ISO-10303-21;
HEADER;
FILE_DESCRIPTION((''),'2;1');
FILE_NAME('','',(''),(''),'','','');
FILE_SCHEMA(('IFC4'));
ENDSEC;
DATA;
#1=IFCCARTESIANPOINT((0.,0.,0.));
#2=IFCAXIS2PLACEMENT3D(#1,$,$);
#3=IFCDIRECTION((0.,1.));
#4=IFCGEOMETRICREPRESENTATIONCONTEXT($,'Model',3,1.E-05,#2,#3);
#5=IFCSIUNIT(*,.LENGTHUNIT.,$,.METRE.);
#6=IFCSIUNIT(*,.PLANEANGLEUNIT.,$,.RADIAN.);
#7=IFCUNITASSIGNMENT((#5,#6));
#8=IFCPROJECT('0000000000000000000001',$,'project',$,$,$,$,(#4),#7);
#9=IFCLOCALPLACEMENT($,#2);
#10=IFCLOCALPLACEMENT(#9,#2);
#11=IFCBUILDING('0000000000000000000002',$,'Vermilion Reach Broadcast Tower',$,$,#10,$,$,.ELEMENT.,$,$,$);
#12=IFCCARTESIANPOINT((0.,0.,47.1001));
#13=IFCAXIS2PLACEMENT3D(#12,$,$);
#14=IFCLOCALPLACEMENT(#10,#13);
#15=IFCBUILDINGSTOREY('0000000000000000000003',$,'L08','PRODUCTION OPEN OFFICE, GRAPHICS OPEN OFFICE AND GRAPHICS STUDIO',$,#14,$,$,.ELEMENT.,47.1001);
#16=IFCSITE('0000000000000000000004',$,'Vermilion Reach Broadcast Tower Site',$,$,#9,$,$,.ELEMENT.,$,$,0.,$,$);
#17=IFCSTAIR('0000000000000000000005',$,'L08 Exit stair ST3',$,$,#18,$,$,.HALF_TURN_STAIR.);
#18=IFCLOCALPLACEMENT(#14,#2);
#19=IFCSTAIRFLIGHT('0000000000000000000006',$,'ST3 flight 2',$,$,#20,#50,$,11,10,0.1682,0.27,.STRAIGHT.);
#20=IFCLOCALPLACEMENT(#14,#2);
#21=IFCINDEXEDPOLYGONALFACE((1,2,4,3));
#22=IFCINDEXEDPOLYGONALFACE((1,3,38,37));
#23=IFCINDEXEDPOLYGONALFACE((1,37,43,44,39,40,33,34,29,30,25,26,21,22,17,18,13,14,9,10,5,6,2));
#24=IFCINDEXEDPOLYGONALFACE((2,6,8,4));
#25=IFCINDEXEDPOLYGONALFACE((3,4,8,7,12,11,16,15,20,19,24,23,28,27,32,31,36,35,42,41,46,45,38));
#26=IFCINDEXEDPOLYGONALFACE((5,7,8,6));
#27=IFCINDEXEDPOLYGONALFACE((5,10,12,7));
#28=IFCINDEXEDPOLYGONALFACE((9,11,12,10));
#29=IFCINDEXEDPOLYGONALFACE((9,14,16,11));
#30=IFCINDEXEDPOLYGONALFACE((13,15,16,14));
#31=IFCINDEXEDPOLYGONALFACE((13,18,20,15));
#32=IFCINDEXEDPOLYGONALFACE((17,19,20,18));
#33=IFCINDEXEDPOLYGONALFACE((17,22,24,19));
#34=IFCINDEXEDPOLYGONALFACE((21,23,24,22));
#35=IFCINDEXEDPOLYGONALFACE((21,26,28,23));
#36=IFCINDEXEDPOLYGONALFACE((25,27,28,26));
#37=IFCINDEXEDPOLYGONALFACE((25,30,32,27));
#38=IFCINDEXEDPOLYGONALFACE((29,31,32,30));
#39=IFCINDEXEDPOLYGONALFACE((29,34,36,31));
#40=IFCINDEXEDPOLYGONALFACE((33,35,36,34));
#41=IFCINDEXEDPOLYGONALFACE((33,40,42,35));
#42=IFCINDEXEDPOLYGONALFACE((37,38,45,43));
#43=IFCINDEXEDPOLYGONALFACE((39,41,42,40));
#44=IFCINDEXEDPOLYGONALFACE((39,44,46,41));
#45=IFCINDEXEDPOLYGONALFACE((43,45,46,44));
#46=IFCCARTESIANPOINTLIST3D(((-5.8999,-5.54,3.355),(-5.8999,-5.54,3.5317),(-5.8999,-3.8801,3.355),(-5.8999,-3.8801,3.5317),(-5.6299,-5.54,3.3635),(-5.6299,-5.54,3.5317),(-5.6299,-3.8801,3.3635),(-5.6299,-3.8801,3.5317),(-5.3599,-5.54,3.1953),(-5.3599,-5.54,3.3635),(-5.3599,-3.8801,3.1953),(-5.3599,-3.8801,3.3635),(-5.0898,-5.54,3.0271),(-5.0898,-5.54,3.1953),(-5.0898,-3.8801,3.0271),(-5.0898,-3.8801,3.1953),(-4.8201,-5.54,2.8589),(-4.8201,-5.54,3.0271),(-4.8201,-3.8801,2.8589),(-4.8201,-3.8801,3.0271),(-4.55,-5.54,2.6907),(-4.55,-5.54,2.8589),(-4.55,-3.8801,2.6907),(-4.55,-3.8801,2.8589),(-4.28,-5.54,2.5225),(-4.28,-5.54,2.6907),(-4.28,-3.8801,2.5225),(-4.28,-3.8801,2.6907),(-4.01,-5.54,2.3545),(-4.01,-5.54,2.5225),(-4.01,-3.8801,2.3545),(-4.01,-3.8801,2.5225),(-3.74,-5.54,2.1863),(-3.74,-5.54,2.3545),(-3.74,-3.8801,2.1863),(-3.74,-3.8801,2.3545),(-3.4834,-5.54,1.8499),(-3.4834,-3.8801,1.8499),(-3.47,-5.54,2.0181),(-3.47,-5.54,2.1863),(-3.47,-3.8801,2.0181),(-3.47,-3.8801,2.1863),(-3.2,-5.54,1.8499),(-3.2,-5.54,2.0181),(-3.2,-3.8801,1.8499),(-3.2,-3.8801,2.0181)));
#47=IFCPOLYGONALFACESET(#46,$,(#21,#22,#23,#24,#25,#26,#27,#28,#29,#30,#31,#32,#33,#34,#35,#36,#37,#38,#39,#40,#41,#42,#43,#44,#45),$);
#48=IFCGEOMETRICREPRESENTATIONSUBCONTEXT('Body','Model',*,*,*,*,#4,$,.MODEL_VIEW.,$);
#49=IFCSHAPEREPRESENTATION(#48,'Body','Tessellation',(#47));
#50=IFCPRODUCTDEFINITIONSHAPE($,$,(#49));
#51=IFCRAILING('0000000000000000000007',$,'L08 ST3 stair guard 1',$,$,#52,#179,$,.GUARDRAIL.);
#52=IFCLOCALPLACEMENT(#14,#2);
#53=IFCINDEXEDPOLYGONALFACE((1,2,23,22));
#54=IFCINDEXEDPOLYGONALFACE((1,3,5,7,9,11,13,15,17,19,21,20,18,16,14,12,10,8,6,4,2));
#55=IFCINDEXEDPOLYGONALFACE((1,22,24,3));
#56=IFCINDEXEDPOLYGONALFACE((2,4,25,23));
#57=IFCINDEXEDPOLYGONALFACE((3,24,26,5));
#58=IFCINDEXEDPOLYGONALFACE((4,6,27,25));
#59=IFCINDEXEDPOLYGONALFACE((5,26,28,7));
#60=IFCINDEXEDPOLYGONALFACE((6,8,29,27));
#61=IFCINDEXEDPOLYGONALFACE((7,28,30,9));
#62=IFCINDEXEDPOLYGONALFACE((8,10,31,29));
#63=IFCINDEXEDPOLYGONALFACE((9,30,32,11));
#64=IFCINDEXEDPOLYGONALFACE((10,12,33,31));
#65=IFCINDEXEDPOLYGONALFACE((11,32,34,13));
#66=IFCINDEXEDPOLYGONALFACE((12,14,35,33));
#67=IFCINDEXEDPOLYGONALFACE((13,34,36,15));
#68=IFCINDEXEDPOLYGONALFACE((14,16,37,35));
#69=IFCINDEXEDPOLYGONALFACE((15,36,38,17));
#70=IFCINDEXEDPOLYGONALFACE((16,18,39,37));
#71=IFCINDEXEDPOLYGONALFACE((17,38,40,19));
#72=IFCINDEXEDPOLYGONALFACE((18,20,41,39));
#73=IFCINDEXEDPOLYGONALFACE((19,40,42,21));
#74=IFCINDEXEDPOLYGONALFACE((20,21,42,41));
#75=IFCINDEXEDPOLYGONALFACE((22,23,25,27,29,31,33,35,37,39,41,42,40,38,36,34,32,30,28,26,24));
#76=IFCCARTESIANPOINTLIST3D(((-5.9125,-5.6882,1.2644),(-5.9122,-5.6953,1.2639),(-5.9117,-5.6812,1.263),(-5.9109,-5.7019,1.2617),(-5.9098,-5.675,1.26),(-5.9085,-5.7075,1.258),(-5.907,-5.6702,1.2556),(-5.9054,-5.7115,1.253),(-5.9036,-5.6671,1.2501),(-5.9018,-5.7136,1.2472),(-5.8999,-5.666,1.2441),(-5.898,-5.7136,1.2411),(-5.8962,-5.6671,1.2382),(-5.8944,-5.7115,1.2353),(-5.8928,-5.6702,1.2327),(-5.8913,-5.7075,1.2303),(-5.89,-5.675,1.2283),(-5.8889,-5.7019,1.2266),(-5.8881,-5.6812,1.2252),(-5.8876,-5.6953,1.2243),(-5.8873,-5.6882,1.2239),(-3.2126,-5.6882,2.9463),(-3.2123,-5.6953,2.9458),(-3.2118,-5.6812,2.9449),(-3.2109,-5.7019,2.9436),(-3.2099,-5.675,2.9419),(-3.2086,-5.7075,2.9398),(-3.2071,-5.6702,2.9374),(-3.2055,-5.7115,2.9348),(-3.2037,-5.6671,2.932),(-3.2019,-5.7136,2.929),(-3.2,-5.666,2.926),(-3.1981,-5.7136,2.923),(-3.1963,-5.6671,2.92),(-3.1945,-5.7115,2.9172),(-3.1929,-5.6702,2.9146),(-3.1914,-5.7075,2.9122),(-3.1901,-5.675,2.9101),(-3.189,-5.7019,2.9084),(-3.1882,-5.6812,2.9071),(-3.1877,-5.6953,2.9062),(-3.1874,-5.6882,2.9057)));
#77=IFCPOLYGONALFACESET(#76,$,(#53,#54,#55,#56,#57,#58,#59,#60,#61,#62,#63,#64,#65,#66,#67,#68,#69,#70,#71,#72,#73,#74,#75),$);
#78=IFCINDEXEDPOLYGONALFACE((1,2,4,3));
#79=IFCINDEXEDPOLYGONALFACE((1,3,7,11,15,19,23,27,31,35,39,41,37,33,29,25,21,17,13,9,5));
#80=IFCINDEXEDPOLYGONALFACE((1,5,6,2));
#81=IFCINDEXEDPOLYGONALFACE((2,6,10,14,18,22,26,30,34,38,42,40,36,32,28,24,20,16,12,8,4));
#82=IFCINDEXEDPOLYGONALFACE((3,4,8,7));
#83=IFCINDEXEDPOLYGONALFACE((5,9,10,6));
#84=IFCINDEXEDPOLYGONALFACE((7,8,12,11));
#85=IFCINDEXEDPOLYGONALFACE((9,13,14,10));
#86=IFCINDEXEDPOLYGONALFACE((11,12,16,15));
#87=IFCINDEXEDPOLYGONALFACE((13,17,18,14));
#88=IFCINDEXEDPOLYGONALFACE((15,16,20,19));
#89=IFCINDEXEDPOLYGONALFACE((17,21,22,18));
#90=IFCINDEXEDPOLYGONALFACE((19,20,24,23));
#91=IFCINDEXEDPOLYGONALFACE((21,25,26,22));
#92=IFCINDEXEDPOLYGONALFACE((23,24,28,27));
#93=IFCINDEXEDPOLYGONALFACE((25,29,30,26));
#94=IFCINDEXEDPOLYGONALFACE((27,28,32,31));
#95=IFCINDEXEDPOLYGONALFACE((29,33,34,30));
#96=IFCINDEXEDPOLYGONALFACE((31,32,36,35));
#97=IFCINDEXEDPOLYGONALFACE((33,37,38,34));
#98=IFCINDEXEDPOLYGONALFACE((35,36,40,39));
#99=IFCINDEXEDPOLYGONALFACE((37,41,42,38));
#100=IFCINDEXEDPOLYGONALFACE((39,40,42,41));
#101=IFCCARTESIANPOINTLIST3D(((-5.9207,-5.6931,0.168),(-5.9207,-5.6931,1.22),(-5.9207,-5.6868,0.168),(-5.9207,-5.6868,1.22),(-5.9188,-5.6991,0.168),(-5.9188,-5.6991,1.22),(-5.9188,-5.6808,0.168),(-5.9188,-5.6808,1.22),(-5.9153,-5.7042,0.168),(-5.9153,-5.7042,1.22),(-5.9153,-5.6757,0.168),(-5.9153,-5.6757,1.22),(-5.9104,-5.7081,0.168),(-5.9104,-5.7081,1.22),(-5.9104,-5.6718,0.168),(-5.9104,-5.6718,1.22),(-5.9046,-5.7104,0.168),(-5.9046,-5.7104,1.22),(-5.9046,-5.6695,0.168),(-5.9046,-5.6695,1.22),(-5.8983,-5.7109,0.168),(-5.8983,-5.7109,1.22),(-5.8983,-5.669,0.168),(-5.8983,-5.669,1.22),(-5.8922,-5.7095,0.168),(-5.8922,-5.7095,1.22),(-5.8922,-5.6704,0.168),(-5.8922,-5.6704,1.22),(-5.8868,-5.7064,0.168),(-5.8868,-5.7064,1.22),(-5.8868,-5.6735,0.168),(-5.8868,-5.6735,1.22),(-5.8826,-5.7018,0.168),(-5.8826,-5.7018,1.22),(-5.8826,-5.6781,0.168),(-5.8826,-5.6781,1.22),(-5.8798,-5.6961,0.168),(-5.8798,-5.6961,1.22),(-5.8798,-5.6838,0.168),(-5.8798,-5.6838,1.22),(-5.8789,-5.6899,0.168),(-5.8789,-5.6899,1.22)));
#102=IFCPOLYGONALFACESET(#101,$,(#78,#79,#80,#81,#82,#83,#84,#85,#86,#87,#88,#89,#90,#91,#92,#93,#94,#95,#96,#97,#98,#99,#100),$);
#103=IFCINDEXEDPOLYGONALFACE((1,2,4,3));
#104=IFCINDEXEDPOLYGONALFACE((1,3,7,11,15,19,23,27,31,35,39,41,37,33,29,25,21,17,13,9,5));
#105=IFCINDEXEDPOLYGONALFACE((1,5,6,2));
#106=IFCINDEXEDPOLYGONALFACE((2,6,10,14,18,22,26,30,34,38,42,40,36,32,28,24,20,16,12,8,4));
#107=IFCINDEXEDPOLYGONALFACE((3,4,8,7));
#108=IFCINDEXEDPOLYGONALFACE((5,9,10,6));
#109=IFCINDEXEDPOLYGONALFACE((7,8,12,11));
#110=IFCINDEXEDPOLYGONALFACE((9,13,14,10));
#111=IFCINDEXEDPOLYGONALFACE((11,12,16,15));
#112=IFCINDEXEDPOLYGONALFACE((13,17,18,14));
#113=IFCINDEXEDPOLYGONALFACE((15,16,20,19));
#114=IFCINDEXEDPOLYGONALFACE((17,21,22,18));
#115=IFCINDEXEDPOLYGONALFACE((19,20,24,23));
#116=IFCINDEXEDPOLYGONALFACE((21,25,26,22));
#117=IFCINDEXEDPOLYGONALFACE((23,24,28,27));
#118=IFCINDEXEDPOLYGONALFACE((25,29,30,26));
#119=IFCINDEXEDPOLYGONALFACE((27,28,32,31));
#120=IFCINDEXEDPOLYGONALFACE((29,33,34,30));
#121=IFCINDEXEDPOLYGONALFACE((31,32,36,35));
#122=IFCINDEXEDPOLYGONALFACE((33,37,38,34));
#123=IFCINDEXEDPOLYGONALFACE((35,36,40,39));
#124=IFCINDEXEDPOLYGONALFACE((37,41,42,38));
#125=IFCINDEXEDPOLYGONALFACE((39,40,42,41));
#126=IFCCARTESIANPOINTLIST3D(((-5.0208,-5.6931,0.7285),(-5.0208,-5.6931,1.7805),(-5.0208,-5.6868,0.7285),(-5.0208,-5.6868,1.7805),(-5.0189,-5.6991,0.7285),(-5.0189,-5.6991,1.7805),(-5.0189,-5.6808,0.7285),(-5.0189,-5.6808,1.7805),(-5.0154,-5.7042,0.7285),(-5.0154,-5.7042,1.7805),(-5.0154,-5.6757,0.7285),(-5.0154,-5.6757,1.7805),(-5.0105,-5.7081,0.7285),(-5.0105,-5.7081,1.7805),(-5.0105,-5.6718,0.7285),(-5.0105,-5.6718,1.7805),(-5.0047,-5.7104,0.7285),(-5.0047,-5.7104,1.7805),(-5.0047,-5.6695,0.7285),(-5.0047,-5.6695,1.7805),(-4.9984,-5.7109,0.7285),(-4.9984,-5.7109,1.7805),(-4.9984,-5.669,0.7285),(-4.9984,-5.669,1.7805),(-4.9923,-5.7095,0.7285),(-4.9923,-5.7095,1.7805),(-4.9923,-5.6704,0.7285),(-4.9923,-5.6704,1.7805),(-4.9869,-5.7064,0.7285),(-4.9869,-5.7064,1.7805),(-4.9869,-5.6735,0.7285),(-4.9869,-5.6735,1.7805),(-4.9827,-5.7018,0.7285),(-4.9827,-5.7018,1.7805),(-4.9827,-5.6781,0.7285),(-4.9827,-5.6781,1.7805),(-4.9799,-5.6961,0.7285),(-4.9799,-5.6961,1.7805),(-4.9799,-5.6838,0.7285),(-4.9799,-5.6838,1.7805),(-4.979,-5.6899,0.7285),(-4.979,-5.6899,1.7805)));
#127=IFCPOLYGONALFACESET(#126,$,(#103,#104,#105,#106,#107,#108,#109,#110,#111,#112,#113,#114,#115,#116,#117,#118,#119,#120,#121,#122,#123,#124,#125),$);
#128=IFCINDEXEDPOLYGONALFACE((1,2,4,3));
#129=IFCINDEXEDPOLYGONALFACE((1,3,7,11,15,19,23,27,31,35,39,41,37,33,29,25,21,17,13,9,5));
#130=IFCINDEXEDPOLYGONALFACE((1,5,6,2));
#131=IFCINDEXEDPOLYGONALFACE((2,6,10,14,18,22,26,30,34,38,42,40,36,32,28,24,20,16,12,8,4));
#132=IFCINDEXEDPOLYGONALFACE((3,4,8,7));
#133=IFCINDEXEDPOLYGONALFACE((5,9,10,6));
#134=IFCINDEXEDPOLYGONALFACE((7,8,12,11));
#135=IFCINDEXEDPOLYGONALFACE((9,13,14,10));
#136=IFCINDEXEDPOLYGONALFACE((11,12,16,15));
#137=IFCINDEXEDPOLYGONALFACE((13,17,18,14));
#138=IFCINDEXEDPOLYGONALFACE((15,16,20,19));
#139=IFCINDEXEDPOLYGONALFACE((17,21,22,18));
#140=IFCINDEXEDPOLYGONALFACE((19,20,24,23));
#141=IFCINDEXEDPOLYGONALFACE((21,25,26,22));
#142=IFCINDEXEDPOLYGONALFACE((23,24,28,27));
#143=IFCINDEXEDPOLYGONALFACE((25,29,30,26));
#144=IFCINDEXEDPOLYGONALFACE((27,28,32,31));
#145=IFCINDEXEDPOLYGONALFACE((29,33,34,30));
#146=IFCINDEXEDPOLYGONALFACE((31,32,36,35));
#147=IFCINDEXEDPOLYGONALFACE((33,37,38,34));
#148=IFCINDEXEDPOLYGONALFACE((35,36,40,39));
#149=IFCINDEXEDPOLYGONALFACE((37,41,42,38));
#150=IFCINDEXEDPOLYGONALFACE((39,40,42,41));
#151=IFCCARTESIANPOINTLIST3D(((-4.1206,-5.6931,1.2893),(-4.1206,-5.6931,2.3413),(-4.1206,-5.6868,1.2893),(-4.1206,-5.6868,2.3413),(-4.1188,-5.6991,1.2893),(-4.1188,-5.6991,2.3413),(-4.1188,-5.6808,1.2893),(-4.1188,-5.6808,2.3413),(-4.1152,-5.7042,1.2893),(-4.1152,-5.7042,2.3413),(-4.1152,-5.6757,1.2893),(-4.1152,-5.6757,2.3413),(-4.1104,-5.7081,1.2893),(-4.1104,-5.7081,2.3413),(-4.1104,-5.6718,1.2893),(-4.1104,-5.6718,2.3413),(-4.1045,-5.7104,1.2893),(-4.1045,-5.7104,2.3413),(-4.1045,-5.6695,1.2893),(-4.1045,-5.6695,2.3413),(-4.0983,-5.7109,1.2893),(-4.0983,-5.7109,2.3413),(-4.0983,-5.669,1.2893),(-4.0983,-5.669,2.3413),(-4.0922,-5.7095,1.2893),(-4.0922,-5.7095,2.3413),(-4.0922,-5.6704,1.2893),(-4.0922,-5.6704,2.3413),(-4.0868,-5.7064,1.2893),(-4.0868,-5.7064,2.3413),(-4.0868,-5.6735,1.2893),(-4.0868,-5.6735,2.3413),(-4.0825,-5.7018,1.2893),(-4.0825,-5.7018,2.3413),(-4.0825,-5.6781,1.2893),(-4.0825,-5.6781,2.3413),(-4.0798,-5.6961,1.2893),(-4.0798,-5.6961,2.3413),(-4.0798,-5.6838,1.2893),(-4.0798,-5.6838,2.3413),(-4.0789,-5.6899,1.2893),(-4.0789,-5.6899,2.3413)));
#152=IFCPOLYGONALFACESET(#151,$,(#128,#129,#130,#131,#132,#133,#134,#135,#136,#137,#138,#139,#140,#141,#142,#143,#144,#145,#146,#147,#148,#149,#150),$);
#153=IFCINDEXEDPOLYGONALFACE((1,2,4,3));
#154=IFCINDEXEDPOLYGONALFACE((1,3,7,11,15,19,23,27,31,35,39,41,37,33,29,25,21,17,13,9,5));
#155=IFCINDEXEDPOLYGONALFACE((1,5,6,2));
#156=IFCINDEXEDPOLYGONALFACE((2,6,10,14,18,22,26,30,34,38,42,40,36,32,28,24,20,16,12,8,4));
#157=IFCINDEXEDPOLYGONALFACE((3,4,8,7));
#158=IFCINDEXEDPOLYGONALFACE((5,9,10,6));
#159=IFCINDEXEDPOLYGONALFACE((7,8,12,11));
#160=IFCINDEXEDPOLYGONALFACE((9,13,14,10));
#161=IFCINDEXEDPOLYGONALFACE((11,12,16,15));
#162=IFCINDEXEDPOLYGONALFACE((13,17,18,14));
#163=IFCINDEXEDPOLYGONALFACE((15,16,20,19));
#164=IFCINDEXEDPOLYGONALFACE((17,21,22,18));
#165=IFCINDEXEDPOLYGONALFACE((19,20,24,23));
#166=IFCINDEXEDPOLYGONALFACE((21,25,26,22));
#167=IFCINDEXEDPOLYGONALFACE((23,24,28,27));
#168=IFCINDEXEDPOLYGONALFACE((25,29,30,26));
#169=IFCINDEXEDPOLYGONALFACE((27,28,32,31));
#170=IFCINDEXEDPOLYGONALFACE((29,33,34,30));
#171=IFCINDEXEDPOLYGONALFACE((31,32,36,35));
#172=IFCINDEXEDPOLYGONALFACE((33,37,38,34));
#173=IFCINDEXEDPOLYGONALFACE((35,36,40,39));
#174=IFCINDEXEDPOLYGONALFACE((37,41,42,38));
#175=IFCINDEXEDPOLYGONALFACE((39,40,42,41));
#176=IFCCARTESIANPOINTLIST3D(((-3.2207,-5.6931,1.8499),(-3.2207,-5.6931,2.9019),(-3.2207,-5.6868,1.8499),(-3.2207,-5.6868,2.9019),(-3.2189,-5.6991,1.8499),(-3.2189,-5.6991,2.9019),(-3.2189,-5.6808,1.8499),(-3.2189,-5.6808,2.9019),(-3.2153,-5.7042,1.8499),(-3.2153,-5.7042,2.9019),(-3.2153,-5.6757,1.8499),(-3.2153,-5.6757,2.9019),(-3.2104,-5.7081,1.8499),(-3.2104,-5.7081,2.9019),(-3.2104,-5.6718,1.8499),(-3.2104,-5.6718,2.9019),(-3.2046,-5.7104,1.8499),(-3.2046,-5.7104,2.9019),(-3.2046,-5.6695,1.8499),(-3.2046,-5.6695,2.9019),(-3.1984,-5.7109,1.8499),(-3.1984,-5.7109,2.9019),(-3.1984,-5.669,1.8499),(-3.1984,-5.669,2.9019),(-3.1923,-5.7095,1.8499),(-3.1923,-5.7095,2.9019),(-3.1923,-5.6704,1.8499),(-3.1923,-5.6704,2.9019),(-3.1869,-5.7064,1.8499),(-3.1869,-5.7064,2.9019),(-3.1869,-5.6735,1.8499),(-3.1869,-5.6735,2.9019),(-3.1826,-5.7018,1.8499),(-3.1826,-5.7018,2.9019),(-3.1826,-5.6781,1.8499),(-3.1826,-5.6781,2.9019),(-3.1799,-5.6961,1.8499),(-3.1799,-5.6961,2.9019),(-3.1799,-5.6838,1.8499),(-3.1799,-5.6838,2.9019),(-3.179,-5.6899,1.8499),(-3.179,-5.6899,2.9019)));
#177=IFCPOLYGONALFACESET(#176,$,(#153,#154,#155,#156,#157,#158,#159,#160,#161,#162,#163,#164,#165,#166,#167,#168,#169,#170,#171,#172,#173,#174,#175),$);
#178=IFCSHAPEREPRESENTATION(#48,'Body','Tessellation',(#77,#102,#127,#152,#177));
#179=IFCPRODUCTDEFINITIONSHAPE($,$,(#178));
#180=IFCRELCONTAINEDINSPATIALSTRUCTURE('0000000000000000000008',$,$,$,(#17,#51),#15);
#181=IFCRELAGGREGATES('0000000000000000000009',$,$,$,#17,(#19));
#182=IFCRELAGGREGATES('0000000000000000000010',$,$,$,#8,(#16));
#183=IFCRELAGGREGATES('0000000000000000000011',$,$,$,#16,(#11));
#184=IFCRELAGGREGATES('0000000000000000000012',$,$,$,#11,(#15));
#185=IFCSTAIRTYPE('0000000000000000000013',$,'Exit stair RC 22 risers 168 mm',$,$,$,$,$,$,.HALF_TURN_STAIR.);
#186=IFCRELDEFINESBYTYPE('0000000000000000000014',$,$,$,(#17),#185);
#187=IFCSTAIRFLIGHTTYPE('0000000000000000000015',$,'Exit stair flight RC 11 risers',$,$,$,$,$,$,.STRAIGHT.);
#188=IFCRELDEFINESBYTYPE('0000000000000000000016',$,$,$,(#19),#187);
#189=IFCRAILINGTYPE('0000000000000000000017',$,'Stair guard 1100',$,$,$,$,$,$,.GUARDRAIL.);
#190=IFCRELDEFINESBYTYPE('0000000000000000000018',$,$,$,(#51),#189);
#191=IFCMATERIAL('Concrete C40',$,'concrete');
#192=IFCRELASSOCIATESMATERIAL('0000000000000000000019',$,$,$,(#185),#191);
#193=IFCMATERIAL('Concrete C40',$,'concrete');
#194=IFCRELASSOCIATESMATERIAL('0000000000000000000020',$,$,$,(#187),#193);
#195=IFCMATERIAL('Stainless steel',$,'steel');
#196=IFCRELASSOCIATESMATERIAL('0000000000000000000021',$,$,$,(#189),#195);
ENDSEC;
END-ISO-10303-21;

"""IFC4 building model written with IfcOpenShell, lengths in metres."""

from ifc_helpers import new_model, si_unit, direction, frame, origin, origin_2d, place, context, subcontext, project, spatial, polyline, circle, outline, extrude, material, type_object, element, aggregate, save


model = new_model("IFC4")

# Units and contexts
model_context = context("Model", 3, precision=1e-05, world=origin(), true_north=direction((0.0, 1.0)))
body_context = subcontext(model_context, "Body", "Model", "MODEL_VIEW")
ifc_project = project(units=[si_unit("LENGTHUNIT", "METRE"), si_unit("PLANEANGLEUNIT", "RADIAN")], contexts=[model_context])

# Site, building, storey
site_placement = place(None, origin())
site = spatial("IfcSite", under=ifc_project, at=site_placement, Name="Vermilion Reach Broadcast Tower Site", CompositionType="ELEMENT", RefElevation=0.0)
building_placement = place(site_placement, origin())
building = spatial("IfcBuilding", under=site, at=building_placement, Name="Vermilion Reach Broadcast Tower", CompositionType="ELEMENT")
storey_placement = place(building_placement, frame((0.0, 0.0, 47.1001)))
storey = spatial("IfcBuildingStorey", under=building, at=storey_placement, Name="L08", Description="PRODUCTION OPEN OFFICE, GRAPHICS OPEN OFFICE AND GRAPHICS STUDIO", CompositionType="ELEMENT", Elevation=47.1001)

# Stair, stair flight
ifc_material_1 = material(Name="Concrete C40", Category="concrete")
stair_type = type_object("IfcStairType", Name="Exit stair RC 22 risers 168 mm", PredefinedType="HALF_TURN_STAIR", material=ifc_material_1)
stair_placement = place(storey_placement, origin())
stair = element("IfcStair", 1, at=stair_placement, inside=storey, type_object=stair_type, Name="L08 Exit stair ST3", PredefinedType="HALF_TURN_STAIR")
ifc_material_2 = material(Name="Concrete C40", Category="concrete")
stair_flight_type = type_object("IfcStairFlightType", Name="Exit stair flight RC 11 risers", PredefinedType="STRAIGHT", material=ifc_material_2)
stair_flight_placement = place(storey_placement, frame((-3.2, -4.71, 1.8499), z_axis=(0.0, 0.0, 1.0), x_axis=(-1.0, 0.0, 0.0)))
stair_flight = element("IfcStairFlight", 2, at=stair_flight_placement, type_object=stair_flight_type, Name="ST3 flight 2", NumberOfRisers=11, NumberOfTreads=10, PredefinedType="STRAIGHT", RiserHeight=0.1682, TreadLength=0.27, context=body_context, shape_type="SweptSolid", body=[
    extrude(outline(polyline([(0.0, 0.0), (0.0, 0.1682), (0.27, 0.1682), (0.27, 0.3364), (0.54, 0.3364), (0.54, 0.5046), (0.8101, 0.5046), (0.8101, 0.6726), (1.0801, 0.6726), (1.0801, 0.8408), (1.3501, 0.8408), (1.3501, 1.009), (1.6201, 1.009), (1.6201, 1.1772), (1.8899, 1.1772), (1.8899, 1.3455), (2.1599, 1.3455), (2.1599, 1.5137), (2.4299, 1.5137), (2.4299, 1.6819), (2.7, 1.6819), (2.7, 1.8501), (2.7, 1.5051), (0.2834, 0.0), (0.0, 0.0)])), frame((0.0, 0.8301, 0.0), z_axis=(0.0, -1.0, 0.0), x_axis=(1.0, 0.0, 0.0)), (0.0, 0.0, 1.0), 1.6599),
])
aggregate(stair, [stair_flight])

# Railing
ifc_material_3 = material(Name="Stainless steel", Category="steel")
railing_type_1 = type_object("IfcRailingType", Name="Stair guard 1100", PredefinedType="GUARDRAIL", material=ifc_material_3)
railing_1_placement = place(storey_placement, frame((-5.8999, -5.6899, 0.168)))
element("IfcRailing", 3, at=railing_1_placement, inside=storey, type_object=railing_type_1, Name="L08 ST3 stair guard 1", PredefinedType="GUARDRAIL", context=body_context, shape_type="SweptSolid", body=[
    extrude(circle(Radius=0.0239, at=origin_2d()), frame((0.0, 0.0, 1.0762), z_axis=(0.848786, 0.0, 0.528736), x_axis=(0.0, 1.0, 0.0)), (0.0, 0.0, 1.0), 3.1809),
    extrude(circle(Radius=0.021, at=origin_2d()), origin(), (0.0, 0.0, 1.0), 1.052),
    extrude(circle(Radius=0.021, at=origin_2d()), frame((0.8999, 0.0, 0.5605)), (0.0, 0.0, 1.0), 1.052),
    extrude(circle(Radius=0.021, at=origin_2d()), frame((1.8, 0.0, 1.1213)), (0.0, 0.0, 1.0), 1.052),
    extrude(circle(Radius=0.021, at=origin_2d()), frame((2.7, 0.0, 1.6819)), (0.0, 0.0, 1.0), 1.052),
])

save(model, "model.ifc")
